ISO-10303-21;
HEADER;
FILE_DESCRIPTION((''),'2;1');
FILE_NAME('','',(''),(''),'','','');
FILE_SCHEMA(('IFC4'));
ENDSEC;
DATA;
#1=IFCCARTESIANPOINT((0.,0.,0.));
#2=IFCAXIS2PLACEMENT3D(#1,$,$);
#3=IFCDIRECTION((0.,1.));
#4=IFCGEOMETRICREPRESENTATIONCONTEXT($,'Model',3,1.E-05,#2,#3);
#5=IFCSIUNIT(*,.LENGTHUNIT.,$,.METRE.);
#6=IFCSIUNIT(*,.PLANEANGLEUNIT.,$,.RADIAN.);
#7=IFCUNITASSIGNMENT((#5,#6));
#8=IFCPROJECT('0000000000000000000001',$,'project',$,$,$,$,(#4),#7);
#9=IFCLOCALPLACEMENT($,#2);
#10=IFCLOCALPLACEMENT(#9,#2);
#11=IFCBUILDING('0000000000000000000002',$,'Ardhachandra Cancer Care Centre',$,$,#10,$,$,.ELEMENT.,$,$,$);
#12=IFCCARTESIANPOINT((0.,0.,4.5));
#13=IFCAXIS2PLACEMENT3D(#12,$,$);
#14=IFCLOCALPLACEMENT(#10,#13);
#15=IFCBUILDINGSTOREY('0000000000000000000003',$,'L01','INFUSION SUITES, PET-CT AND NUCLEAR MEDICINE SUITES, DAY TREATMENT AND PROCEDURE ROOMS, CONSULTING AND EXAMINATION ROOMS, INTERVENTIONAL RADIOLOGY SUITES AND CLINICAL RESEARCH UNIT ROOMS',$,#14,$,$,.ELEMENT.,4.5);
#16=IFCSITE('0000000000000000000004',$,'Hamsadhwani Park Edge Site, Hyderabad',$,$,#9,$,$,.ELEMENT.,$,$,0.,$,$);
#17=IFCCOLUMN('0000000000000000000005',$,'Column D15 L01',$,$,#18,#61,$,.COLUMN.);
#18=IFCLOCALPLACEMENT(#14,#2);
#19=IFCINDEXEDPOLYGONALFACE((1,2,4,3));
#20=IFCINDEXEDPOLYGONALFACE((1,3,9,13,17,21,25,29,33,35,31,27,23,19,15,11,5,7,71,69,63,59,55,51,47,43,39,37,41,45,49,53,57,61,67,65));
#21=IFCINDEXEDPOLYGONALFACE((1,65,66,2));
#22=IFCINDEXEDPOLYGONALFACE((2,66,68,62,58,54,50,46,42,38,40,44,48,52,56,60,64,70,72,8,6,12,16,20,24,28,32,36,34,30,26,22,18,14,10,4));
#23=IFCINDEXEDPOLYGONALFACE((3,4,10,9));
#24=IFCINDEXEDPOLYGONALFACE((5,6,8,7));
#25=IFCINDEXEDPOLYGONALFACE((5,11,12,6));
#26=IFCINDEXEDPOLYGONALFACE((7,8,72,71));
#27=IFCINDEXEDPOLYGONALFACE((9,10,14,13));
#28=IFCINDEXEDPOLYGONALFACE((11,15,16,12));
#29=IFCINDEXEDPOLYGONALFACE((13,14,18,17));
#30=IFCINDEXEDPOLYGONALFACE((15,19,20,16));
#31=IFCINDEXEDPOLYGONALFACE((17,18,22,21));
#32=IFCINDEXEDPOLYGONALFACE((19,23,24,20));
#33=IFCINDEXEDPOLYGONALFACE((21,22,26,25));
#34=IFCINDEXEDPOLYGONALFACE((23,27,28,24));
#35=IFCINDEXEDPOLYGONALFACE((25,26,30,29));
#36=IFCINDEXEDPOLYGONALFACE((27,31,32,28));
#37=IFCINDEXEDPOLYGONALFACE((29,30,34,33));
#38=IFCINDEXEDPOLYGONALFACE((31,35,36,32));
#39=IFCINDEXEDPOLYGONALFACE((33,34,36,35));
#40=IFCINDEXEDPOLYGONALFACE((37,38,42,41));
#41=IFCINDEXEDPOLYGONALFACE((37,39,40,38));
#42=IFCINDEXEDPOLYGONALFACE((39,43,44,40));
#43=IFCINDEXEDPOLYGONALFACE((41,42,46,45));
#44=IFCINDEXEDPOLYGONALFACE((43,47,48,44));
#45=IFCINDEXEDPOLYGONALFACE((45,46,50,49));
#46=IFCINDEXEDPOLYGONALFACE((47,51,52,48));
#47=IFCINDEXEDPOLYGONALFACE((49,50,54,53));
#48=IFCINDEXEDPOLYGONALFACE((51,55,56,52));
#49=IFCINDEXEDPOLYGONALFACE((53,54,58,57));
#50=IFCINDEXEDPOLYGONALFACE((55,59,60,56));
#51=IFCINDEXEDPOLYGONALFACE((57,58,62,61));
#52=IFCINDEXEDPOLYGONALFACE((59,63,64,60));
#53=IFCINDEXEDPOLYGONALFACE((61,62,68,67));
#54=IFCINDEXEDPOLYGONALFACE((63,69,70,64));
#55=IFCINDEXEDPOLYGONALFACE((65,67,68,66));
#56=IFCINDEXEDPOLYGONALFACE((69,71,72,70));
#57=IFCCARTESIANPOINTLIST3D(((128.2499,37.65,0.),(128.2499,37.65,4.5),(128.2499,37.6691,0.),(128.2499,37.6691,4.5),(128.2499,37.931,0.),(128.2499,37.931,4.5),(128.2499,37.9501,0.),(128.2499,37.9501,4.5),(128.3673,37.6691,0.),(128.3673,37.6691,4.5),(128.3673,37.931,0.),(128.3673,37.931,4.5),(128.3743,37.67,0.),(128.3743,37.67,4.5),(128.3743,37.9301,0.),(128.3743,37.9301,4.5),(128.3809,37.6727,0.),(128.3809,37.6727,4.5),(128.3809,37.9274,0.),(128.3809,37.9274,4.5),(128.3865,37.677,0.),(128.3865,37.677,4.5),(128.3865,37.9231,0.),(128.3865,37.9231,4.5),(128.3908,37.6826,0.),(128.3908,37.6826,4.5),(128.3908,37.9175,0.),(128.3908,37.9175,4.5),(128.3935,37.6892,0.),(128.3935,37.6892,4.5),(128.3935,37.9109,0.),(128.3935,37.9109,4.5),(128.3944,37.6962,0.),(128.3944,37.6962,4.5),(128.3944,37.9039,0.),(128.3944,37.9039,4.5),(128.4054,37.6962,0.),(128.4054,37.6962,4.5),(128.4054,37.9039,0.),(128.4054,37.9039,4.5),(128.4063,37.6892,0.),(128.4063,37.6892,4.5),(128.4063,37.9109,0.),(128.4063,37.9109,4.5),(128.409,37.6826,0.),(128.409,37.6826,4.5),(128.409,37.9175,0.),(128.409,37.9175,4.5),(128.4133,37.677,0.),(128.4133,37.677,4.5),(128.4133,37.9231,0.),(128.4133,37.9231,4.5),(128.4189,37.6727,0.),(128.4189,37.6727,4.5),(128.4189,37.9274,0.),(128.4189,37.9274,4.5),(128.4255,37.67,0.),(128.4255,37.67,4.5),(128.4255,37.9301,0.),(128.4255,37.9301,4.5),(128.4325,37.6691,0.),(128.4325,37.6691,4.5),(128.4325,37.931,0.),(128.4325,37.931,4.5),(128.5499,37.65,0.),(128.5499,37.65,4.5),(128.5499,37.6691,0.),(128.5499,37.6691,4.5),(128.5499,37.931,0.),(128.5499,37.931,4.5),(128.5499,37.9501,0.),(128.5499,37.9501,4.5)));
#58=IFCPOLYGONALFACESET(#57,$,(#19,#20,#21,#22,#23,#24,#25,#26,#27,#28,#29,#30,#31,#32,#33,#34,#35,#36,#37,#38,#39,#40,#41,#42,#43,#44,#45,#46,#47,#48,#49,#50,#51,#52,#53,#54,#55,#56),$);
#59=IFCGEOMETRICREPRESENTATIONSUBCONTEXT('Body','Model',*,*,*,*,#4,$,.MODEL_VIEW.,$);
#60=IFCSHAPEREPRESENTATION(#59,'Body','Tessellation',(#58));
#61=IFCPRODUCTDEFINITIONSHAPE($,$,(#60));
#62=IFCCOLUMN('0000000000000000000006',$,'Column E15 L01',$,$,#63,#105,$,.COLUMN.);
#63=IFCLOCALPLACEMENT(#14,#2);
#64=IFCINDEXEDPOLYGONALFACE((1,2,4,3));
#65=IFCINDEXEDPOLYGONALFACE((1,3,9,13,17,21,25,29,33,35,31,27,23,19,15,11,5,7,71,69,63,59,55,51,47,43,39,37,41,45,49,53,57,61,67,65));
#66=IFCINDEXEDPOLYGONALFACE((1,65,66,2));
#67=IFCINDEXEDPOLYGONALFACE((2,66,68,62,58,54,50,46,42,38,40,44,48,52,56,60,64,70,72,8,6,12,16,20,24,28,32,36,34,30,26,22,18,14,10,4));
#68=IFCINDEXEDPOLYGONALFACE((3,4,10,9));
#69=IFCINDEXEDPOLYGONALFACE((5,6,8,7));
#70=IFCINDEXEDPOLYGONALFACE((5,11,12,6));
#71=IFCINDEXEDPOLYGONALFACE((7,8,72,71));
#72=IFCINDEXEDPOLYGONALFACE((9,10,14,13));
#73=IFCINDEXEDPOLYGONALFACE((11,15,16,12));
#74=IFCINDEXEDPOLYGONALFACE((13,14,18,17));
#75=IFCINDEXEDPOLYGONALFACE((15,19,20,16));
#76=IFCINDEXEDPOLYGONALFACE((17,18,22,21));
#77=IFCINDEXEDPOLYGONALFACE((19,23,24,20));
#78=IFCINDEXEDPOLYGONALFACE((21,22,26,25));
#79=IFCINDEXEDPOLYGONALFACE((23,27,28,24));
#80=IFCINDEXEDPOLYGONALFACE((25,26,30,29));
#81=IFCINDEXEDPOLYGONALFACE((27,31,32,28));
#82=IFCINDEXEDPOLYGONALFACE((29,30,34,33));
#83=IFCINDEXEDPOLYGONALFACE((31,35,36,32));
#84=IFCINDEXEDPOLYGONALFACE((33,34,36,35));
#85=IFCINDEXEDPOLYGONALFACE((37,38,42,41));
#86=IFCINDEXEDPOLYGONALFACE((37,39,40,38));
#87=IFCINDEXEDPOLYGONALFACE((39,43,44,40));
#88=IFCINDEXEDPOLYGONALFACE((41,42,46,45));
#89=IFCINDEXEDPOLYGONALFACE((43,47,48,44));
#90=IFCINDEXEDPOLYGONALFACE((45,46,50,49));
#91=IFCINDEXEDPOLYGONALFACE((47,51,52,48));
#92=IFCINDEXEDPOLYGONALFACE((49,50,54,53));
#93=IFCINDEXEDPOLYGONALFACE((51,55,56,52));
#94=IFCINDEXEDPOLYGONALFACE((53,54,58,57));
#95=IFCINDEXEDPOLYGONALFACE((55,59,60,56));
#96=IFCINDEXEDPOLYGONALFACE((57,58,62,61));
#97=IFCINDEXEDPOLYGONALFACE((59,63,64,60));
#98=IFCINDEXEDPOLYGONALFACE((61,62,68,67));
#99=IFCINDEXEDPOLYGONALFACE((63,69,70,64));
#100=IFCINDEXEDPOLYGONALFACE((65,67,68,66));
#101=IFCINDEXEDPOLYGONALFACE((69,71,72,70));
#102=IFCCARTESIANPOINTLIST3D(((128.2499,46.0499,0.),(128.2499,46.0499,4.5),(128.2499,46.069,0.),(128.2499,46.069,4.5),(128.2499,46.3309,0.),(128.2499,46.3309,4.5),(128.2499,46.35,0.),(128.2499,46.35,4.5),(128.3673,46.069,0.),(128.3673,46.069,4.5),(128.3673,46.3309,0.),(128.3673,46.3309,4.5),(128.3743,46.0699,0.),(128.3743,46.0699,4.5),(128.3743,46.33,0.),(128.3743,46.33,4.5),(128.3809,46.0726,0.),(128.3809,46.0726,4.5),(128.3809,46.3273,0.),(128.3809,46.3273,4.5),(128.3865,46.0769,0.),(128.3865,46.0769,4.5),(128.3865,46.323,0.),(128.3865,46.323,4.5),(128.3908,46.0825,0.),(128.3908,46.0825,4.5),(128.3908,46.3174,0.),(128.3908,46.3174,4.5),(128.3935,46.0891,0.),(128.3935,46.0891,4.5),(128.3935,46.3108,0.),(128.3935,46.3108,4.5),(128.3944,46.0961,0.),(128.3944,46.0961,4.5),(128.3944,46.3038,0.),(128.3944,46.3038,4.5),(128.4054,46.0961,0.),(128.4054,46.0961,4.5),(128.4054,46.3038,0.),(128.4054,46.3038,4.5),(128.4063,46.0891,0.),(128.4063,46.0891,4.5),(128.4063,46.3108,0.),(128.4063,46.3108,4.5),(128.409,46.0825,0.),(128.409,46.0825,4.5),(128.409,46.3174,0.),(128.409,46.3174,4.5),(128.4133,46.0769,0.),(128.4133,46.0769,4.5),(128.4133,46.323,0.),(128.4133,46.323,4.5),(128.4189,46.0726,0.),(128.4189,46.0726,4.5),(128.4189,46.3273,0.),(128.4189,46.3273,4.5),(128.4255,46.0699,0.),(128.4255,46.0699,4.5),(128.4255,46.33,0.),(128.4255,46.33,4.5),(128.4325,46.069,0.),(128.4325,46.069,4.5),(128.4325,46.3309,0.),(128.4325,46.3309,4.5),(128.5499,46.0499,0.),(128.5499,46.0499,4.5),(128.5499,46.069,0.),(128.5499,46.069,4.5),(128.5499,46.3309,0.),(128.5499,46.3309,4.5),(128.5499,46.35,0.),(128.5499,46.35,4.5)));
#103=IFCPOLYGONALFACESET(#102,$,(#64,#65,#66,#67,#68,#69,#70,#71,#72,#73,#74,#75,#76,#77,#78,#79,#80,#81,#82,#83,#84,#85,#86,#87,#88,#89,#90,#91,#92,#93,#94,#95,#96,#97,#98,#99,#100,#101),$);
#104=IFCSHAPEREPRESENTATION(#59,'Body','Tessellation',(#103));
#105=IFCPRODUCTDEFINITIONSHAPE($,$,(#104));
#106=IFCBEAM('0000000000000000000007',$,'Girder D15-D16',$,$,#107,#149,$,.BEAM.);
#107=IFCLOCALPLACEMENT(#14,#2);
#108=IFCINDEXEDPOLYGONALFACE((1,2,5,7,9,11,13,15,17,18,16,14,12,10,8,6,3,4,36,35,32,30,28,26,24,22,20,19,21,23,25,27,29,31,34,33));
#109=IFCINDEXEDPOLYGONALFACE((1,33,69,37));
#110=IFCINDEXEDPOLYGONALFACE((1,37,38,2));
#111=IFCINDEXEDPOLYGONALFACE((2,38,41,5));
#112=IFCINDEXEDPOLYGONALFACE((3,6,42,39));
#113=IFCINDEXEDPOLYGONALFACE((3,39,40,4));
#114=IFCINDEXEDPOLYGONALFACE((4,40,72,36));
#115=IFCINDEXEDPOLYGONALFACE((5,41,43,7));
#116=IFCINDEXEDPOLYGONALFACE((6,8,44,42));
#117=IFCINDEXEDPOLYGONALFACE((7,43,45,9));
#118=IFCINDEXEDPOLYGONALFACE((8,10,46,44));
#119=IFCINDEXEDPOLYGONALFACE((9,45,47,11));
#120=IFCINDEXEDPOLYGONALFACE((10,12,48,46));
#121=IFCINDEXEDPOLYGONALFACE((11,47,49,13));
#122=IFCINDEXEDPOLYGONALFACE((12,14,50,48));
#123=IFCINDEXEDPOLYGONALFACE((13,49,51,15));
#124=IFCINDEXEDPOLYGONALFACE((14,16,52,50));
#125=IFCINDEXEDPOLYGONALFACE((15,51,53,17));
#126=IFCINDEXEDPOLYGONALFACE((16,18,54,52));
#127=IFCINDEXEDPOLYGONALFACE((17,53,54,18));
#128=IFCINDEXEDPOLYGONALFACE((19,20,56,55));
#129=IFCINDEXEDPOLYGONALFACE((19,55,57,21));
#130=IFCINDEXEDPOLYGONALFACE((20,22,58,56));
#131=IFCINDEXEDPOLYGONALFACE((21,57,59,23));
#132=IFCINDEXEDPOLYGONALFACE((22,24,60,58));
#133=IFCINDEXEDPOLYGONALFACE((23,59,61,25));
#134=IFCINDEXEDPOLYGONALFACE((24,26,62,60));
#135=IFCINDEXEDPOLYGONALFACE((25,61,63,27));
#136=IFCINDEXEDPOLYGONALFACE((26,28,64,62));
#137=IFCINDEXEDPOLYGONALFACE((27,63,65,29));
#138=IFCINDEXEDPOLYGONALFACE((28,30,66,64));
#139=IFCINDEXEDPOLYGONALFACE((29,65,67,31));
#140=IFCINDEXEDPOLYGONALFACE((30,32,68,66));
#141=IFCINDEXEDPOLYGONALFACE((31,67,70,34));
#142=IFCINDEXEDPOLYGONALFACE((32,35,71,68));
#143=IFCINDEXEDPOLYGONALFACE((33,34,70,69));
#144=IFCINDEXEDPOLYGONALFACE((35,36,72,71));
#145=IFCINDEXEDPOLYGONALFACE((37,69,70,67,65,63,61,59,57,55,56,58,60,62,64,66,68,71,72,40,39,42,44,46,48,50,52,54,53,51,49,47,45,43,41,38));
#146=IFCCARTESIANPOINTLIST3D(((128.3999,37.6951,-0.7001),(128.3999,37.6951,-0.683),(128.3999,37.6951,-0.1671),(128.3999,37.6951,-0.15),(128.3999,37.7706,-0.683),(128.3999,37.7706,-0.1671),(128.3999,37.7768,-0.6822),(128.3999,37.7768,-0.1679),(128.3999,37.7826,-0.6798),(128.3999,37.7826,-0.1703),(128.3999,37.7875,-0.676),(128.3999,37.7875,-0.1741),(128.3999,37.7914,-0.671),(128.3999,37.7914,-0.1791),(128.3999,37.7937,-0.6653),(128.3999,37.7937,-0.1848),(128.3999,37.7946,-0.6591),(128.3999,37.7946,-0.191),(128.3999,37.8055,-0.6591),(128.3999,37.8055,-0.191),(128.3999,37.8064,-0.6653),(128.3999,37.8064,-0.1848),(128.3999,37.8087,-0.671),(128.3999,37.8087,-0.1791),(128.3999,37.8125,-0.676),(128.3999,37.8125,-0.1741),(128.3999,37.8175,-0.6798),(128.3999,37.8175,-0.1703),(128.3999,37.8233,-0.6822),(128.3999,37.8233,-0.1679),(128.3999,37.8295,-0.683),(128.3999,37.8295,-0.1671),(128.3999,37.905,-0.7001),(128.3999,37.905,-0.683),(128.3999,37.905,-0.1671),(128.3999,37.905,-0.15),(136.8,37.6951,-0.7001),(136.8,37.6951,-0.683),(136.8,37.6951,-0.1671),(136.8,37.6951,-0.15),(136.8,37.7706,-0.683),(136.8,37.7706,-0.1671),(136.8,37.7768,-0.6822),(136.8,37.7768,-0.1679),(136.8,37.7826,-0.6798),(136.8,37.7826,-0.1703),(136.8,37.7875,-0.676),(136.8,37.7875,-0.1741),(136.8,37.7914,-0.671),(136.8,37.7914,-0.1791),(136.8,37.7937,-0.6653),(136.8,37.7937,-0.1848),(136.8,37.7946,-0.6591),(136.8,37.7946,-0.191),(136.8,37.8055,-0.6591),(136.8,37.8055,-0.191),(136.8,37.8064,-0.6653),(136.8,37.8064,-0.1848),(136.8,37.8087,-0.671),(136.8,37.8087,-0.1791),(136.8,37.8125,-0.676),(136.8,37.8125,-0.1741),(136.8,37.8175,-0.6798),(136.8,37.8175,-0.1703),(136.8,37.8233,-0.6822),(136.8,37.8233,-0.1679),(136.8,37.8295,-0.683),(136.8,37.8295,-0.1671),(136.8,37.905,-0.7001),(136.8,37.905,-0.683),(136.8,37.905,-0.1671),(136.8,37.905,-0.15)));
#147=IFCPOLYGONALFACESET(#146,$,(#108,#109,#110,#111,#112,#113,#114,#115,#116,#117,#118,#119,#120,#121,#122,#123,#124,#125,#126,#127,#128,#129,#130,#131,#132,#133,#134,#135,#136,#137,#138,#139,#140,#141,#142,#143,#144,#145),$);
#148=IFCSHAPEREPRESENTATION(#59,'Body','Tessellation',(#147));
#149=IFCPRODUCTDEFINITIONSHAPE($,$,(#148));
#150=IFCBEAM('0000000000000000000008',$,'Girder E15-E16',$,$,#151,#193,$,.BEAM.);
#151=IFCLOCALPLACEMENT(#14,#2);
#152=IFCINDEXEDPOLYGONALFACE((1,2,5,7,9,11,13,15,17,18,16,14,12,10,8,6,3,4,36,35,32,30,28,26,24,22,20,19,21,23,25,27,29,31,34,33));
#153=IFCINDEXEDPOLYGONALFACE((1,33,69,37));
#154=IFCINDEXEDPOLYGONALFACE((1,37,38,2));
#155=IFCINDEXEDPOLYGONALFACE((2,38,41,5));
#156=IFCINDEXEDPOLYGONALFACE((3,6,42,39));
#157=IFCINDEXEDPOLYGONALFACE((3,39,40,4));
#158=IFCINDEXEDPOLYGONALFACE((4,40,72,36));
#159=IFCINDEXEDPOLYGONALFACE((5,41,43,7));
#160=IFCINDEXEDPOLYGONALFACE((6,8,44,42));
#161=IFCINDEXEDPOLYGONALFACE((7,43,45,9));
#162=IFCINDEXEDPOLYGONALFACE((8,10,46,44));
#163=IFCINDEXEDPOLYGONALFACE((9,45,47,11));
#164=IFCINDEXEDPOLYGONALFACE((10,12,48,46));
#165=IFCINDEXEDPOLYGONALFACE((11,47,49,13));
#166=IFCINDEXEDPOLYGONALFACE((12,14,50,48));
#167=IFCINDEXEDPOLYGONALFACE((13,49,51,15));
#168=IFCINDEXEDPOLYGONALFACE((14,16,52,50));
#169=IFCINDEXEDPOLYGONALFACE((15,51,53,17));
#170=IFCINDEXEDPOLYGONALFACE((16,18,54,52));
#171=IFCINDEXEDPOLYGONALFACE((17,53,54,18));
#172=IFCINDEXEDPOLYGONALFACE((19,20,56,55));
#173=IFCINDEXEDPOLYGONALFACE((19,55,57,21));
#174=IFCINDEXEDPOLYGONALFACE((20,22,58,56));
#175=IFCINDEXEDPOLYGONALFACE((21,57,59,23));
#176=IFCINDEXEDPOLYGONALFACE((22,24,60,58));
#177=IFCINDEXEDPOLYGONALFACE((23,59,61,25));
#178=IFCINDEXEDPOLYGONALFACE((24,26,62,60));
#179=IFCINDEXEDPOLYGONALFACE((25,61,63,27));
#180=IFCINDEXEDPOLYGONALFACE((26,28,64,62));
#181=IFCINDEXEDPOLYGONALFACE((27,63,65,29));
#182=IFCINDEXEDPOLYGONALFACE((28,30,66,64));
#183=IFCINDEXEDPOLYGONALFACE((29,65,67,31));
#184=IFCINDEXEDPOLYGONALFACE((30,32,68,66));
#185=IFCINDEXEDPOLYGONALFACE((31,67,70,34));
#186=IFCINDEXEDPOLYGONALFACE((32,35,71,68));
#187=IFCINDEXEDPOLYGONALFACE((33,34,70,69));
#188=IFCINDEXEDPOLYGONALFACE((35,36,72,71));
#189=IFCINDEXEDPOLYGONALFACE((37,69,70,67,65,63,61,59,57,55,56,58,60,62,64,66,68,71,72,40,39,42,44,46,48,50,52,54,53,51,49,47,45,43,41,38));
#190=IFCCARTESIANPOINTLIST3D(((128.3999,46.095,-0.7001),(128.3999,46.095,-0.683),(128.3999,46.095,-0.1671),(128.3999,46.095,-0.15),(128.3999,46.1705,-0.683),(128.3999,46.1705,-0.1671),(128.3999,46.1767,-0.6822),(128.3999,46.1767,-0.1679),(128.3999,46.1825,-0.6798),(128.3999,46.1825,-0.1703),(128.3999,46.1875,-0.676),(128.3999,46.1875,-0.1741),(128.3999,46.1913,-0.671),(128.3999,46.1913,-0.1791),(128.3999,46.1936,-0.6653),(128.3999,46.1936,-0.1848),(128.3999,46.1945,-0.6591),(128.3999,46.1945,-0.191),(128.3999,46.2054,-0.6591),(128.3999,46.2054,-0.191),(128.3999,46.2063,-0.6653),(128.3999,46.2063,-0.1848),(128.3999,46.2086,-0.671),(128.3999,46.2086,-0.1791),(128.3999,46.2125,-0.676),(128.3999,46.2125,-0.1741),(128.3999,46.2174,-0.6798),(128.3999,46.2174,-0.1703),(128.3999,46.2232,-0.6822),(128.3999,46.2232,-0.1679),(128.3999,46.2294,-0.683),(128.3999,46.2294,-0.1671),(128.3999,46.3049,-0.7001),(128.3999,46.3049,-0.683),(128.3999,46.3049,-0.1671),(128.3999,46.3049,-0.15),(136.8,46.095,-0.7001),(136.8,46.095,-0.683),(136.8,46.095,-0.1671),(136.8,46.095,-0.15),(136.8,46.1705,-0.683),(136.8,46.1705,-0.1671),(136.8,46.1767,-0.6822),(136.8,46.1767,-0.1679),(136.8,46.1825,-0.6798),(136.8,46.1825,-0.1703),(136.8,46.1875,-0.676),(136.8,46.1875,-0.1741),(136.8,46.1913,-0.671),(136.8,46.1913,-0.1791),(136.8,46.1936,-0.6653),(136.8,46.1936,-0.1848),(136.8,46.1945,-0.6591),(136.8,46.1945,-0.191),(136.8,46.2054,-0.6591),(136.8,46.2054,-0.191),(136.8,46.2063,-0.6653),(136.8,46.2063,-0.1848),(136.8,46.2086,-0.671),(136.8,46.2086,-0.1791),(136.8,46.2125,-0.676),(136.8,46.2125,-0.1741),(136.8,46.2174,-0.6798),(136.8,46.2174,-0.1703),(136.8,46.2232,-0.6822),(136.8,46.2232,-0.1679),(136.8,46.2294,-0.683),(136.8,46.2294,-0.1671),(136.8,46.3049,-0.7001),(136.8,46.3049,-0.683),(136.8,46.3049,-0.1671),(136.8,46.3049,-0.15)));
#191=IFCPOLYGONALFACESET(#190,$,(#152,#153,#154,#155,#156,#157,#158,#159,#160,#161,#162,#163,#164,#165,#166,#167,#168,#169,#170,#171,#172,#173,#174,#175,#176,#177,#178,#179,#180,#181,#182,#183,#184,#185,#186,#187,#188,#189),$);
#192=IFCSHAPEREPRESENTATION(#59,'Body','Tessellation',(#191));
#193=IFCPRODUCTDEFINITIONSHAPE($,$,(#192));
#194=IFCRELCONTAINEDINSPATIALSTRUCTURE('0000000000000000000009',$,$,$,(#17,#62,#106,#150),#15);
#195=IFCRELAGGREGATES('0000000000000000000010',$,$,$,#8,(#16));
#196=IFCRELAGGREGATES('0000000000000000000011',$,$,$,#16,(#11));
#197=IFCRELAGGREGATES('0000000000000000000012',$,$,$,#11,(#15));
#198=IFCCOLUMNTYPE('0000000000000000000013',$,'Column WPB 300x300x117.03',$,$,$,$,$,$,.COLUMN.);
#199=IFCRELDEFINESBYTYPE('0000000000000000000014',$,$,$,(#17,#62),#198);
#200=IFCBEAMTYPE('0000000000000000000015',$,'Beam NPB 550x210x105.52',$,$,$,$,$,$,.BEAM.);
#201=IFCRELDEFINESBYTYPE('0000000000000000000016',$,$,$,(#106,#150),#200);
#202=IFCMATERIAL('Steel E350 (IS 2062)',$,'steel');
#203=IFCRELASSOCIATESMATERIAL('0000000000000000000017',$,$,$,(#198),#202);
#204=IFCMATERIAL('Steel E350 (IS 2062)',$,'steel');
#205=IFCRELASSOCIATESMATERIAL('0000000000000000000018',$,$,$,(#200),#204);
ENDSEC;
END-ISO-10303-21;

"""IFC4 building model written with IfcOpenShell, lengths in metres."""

from ifc_helpers import new_model, si_unit, direction, frame, origin, origin_2d, place, context, subcontext, project, spatial, i_section, extrude, material, material_profile, profile_set, type_object, element, save


model = new_model("IFC4")

# Units and contexts
model_context = context("Model", 3, precision=1e-05, world=origin(), true_north=direction((0.0, 1.0)))
body_context = subcontext(model_context, "Body", "Model", "MODEL_VIEW")
ifc_project = project(units=[si_unit("LENGTHUNIT", "METRE"), si_unit("PLANEANGLEUNIT", "RADIAN")], contexts=[model_context])

# Site, building, storey
site_placement = place(None, origin())
site = spatial("IfcSite", under=ifc_project, at=site_placement, Name="Hamsadhwani Park Edge Site, Hyderabad", CompositionType="ELEMENT", RefElevation=0.0)
building_placement = place(site_placement, origin())
building = spatial("IfcBuilding", under=site, at=building_placement, Name="Ardhachandra Cancer Care Centre", CompositionType="ELEMENT")
storey_placement = place(building_placement, frame((0.0, 0.0, 4.5)))
storey = spatial("IfcBuildingStorey", under=building, at=storey_placement, Name="L01", Description="INFUSION SUITES, PET-CT AND NUCLEAR MEDICINE SUITES, DAY TREATMENT AND PROCEDURE ROOMS, CONSULTING AND EXAMINATION ROOMS, INTERVENTIONAL RADIOLOGY SUITES AND CLINICAL RESEARCH UNIT ROOMS", CompositionType="ELEMENT", Elevation=4.5)

# Columns
ifc_material_1 = material(Name="Steel E350 (IS 2062)", Category="steel")
ifc_material_profile_1 = material_profile(ifc_material_1, i_section(OverallWidth=0.3, OverallDepth=0.3, WebThickness=0.011, FlangeThickness=0.019, FilletRadius=0.0271, at=origin_2d()), Name="WPB 300x300x117.03")
ifc_profile_set_1 = profile_set([ifc_material_profile_1], Name="Steel E350 (IS 2062)")
column_type = type_object("IfcColumnType", Name="Column WPB 300x300x117.03", PredefinedType="COLUMN", material=ifc_profile_set_1)
for number, where, z_axis, x_axis, name in (
    (1, (128.3999, 37.8, 0.0), (0.0, 0.0, 1.0), (1.0, 0.0, 0.0), "Column D15 L01"),
    (2, (128.3999, 46.2, 0.0), (0.0, 0.0, 1.0), (1.0, 0.0, 0.0), "Column E15 L01"),
):
    element("IfcColumn", number, at=place(storey_placement, frame(where, z_axis=z_axis, x_axis=x_axis)), inside=storey, type_object=column_type, Name=name, PredefinedType="COLUMN", context=body_context, shape_type="SweptSolid", body=[
        extrude(i_section(OverallWidth=0.3, OverallDepth=0.3, WebThickness=0.011, FlangeThickness=0.019, FilletRadius=0.0271, at=origin_2d()), origin(), (0.0, 0.0, 1.0), 4.5),
    ])

# Beams
ifc_material_2 = material(Name="Steel E350 (IS 2062)", Category="steel")
ifc_material_profile_2 = material_profile(ifc_material_2, i_section(OverallWidth=0.21, OverallDepth=0.55, WebThickness=0.011, FlangeThickness=0.0171, FilletRadius=0.0239, at=origin_2d()), Name="NPB 550x210x105.52")
ifc_profile_set_2 = profile_set([ifc_material_profile_2], Name="Steel E350 (IS 2062)")
beam_type_1 = type_object("IfcBeamType", Name="Beam NPB 550x210x105.52", PredefinedType="BEAM", material=ifc_profile_set_2)
for number, where, z_axis, x_axis, name in (
    (3, (128.3999, 37.8, -0.425), (1.0, 0.0, 0.0), (0.0, 1.0, 0.0), "Girder D15-D16"),
    (4, (128.3999, 46.2, -0.425), (1.0, 0.0, 0.0), (0.0, 1.0, 0.0), "Girder E15-E16"),
):
    element("IfcBeam", number, at=place(storey_placement, frame(where, z_axis=z_axis, x_axis=x_axis)), inside=storey, type_object=beam_type_1, Name=name, PredefinedType="BEAM", context=body_context, shape_type="SweptSolid", body=[
        extrude(i_section(OverallWidth=0.21, OverallDepth=0.55, WebThickness=0.011, FlangeThickness=0.0171, FilletRadius=0.0239, at=origin_2d()), origin(), (0.0, 0.0, 1.0), 8.4001),
    ])

save(model, "model.ifc")
